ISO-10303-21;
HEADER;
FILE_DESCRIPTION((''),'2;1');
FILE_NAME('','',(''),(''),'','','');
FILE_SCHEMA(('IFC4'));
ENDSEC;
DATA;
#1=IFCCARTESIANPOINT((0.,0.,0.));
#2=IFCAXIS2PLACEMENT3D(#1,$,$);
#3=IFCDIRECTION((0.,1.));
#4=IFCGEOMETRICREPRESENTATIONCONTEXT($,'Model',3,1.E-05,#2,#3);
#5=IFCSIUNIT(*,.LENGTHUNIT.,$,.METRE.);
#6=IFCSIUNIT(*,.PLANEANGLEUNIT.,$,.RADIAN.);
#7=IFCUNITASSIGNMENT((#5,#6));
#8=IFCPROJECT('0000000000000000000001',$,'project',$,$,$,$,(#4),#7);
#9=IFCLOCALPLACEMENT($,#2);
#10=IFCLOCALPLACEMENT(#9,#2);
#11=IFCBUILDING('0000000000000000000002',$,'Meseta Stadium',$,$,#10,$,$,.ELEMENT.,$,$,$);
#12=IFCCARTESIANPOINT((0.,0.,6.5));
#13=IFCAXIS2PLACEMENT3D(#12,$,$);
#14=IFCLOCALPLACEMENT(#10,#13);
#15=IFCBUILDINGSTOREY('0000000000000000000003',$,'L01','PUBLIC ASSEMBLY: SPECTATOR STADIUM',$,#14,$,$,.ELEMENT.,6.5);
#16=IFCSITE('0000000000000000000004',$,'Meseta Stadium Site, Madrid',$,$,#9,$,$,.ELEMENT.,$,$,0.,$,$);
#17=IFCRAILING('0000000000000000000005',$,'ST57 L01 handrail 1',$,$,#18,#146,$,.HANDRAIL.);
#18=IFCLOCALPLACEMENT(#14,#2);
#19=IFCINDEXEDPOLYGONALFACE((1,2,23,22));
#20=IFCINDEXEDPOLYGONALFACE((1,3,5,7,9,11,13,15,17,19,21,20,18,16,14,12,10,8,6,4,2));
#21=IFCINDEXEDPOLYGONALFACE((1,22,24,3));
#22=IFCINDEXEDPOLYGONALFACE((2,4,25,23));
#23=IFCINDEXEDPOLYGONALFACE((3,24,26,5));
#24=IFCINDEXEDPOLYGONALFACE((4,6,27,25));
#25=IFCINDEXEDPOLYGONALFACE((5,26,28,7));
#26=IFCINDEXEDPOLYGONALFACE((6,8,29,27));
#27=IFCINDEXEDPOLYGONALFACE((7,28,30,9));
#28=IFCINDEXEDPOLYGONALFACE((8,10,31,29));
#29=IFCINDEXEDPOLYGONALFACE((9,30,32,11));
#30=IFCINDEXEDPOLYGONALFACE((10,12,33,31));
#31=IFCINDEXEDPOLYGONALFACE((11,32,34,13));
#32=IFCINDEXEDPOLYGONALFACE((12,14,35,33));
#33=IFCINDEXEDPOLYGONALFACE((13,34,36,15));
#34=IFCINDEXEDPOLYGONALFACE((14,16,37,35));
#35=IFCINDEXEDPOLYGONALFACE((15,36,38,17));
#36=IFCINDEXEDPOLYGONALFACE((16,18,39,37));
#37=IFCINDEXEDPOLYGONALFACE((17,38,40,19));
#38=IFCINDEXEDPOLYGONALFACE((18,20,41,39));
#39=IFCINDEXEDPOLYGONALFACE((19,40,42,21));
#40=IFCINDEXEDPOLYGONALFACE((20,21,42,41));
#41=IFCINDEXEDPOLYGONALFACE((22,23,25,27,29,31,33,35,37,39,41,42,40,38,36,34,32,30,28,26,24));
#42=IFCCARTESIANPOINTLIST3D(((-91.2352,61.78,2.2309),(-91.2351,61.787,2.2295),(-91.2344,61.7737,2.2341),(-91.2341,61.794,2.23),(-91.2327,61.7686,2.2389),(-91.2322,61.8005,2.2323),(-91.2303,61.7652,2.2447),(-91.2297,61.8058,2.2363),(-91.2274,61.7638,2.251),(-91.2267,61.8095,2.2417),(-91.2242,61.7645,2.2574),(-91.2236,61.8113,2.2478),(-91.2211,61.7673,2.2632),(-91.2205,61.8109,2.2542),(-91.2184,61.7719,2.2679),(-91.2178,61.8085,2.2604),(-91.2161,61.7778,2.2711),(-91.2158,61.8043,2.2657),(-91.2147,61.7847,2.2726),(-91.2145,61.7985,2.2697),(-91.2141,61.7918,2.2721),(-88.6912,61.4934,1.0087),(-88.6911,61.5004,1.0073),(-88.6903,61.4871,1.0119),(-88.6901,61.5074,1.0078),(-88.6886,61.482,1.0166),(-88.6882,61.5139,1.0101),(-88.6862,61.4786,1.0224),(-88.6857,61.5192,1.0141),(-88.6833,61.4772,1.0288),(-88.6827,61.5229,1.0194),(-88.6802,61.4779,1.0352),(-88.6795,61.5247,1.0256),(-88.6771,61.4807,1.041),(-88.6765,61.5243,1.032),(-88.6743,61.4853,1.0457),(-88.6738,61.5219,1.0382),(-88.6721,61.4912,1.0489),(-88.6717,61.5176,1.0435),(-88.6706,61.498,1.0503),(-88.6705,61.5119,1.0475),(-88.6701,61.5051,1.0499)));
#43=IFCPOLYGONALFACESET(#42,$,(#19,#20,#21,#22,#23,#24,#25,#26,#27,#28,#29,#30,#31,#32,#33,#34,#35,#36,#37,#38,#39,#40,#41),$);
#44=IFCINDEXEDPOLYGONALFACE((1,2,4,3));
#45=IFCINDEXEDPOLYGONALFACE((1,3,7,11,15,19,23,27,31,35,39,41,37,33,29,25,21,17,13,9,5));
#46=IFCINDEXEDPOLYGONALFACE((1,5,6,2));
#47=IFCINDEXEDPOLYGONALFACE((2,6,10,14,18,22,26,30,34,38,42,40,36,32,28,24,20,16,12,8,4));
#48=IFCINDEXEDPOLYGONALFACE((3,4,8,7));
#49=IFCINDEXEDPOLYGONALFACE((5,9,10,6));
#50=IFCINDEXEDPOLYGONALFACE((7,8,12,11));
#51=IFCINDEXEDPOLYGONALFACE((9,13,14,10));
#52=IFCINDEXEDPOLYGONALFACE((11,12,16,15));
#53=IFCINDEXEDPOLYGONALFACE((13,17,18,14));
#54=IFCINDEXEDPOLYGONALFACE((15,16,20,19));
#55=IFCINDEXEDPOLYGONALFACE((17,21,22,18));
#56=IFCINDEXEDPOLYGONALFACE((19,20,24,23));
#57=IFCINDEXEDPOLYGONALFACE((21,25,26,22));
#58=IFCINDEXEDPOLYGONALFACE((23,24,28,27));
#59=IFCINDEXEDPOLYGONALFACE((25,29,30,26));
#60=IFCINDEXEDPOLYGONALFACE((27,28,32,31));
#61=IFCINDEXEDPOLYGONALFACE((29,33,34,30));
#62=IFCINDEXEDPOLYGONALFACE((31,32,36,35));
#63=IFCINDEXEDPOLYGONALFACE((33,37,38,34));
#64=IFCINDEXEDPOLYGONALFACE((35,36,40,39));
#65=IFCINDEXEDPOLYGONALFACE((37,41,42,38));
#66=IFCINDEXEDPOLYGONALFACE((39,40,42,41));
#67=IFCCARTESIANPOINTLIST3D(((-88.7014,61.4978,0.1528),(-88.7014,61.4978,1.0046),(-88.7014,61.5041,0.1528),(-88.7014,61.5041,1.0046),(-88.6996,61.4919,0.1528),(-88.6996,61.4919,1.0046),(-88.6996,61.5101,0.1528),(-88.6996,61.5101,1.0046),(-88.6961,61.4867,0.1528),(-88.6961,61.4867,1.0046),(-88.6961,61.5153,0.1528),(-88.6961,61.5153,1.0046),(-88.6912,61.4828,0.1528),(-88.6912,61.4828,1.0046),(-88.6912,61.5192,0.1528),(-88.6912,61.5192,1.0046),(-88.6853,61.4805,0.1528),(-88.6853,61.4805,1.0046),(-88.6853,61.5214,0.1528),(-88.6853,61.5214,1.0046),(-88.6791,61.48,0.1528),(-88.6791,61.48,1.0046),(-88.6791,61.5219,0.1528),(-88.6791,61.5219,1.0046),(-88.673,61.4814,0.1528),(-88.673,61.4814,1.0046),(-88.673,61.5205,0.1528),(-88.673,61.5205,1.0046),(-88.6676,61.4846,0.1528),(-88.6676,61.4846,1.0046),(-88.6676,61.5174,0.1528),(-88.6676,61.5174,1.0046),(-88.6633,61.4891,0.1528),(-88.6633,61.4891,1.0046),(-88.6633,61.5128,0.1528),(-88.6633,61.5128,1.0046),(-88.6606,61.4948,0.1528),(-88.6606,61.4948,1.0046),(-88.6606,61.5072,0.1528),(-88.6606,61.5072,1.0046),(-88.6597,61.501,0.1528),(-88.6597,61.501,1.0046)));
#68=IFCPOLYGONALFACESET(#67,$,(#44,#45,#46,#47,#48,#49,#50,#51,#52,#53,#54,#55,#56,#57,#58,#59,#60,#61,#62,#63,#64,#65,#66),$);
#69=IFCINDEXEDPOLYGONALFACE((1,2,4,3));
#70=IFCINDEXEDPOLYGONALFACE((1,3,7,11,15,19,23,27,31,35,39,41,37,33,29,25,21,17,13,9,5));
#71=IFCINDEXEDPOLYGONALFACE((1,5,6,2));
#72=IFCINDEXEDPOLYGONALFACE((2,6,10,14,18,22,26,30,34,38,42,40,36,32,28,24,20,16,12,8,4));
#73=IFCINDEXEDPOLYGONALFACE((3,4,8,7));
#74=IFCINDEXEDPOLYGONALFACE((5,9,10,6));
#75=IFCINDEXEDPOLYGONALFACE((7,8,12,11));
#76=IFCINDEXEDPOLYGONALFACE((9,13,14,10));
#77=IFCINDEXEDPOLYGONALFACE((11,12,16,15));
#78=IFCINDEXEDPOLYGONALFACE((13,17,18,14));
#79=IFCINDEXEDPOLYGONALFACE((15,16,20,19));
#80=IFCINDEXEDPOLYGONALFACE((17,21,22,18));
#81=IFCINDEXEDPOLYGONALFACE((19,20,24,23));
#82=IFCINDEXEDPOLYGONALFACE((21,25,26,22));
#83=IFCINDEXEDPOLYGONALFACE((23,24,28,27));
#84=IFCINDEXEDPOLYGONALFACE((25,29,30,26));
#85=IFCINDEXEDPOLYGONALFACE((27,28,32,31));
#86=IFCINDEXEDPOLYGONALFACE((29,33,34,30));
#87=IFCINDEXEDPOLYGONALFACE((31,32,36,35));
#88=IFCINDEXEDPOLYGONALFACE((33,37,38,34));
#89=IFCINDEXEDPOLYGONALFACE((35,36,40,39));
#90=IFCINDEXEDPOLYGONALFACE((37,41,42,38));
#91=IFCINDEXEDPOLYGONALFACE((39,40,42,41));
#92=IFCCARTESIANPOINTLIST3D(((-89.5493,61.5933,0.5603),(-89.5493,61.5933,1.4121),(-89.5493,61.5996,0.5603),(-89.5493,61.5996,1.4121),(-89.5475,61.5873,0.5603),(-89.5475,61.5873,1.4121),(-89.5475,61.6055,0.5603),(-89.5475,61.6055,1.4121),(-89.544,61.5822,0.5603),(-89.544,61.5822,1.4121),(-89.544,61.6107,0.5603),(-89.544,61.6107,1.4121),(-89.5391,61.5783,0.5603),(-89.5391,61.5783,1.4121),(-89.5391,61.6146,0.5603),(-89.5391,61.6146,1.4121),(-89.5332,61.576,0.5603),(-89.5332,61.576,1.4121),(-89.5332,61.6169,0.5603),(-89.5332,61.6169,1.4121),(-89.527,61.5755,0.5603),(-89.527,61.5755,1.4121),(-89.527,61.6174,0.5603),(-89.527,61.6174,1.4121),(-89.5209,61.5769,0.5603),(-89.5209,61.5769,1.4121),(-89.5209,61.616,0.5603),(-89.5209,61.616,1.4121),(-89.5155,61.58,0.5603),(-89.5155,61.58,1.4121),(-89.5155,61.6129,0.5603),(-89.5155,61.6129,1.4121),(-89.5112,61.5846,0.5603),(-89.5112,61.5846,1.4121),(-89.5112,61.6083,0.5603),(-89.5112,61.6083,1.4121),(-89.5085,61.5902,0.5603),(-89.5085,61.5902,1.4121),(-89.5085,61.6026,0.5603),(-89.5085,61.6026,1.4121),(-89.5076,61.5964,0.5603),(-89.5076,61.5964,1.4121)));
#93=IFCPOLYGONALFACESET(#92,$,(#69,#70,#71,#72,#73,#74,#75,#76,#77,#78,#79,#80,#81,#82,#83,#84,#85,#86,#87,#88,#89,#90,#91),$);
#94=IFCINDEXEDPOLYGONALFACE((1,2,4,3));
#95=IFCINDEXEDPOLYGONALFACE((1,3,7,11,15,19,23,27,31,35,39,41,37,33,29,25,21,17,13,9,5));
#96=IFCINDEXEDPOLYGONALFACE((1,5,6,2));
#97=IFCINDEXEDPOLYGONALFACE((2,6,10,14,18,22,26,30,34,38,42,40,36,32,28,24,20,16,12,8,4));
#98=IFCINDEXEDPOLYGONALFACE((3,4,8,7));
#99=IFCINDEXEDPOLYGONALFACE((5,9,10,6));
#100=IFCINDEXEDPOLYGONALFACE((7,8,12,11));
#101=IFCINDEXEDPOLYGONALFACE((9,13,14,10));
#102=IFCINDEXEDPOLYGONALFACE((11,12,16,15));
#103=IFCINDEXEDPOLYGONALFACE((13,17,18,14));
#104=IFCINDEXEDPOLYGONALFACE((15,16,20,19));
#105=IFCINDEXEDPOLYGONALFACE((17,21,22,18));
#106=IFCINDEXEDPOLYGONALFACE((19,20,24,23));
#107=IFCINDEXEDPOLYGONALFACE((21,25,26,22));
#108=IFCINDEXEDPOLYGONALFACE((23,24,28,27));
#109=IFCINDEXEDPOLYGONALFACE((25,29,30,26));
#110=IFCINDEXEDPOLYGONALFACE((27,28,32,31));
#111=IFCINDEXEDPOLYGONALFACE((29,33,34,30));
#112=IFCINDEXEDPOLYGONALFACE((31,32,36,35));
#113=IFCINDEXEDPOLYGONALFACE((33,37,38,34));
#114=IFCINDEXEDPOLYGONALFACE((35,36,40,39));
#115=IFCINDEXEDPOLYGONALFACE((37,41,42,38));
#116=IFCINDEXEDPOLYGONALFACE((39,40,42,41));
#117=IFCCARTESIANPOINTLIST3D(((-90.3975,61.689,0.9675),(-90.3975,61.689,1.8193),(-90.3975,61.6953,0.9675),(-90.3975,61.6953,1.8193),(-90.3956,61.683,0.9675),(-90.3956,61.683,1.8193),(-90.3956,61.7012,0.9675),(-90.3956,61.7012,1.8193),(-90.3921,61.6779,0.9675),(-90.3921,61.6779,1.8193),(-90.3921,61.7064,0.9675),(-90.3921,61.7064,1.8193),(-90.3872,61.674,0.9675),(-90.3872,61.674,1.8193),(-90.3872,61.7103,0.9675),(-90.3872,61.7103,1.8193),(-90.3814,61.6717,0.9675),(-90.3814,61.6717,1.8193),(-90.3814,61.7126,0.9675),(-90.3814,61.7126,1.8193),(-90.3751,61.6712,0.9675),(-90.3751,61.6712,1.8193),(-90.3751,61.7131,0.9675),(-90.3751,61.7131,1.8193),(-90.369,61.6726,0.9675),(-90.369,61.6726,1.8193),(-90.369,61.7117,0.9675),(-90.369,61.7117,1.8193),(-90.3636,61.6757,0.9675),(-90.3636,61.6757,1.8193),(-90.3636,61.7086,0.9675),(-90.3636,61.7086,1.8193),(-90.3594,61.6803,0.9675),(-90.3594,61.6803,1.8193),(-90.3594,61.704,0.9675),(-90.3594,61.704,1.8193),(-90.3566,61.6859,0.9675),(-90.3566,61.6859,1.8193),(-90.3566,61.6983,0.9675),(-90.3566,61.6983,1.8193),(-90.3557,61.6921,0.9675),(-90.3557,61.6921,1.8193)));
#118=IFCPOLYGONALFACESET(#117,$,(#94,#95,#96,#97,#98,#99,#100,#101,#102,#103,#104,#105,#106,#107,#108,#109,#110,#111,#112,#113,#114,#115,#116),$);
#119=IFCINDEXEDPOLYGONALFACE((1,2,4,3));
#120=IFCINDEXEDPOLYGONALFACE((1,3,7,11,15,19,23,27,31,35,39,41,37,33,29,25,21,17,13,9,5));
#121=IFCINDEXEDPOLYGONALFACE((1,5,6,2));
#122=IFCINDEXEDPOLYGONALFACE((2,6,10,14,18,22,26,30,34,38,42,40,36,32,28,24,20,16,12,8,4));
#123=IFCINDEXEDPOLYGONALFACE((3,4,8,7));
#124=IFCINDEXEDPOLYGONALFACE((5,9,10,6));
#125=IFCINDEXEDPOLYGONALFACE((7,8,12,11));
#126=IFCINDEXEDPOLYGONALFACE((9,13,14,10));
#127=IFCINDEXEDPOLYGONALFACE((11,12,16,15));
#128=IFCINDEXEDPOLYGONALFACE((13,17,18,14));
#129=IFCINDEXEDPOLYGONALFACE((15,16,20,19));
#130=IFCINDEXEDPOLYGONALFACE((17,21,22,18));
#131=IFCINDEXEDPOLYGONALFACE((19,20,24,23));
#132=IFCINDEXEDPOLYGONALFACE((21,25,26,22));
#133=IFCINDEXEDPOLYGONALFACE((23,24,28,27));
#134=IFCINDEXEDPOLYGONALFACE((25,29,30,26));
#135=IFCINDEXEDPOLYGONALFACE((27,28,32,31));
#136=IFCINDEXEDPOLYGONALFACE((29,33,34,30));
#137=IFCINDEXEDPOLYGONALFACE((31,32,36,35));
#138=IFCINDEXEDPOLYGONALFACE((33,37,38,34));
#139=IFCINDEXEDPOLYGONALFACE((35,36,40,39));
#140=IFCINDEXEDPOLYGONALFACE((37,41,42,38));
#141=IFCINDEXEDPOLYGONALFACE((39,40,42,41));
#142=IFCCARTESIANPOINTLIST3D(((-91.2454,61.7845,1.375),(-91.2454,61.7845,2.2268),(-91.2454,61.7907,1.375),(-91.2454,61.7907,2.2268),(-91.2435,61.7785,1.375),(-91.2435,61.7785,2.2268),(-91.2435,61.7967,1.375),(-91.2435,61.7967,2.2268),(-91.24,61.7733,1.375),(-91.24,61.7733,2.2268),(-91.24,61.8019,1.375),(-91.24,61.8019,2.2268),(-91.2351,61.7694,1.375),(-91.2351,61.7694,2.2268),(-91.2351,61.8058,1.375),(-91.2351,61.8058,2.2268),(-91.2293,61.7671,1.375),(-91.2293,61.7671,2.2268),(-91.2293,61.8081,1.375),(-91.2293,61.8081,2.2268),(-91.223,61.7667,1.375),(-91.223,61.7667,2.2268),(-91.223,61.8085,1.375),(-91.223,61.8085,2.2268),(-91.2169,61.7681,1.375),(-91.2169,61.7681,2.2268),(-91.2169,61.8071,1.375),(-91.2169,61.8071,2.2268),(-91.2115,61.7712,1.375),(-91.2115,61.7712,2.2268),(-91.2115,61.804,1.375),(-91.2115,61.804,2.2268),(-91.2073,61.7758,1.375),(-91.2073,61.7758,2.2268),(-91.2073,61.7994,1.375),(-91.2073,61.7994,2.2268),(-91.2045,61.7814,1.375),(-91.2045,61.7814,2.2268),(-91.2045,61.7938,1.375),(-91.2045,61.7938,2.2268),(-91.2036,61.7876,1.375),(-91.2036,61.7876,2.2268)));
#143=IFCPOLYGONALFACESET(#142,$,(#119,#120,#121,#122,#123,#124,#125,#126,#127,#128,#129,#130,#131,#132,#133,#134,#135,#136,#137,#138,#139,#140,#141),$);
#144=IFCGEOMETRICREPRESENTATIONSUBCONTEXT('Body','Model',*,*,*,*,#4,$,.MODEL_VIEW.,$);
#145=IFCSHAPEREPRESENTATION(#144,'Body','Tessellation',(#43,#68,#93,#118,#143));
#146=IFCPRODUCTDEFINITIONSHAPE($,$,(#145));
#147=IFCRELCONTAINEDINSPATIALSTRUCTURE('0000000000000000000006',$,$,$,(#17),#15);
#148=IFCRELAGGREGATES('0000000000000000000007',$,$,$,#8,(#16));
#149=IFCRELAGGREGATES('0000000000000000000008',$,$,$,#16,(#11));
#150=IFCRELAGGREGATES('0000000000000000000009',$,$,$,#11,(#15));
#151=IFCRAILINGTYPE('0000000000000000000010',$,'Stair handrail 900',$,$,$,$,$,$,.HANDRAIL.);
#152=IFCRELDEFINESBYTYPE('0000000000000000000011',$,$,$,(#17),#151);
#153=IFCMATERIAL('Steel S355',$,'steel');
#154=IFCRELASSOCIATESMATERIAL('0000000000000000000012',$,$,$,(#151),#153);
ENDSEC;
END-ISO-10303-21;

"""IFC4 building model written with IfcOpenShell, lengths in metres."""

from ifc_helpers import new_model, si_unit, direction, frame, origin, origin_2d, place, context, subcontext, project, spatial, circle, extrude, material, type_object, element, save


model = new_model("IFC4")

# Units and contexts
model_context = context("Model", 3, precision=1e-05, world=origin(), true_north=direction((0.0, 1.0)))
body_context = subcontext(model_context, "Body", "Model", "MODEL_VIEW")
ifc_project = project(units=[si_unit("LENGTHUNIT", "METRE"), si_unit("PLANEANGLEUNIT", "RADIAN")], contexts=[model_context])

# Site, building, storey
site_placement = place(None, origin())
site = spatial("IfcSite", under=ifc_project, at=site_placement, Name="Meseta Stadium Site, Madrid", CompositionType="ELEMENT", RefElevation=0.0)
building_placement = place(site_placement, origin())
building = spatial("IfcBuilding", under=site, at=building_placement, Name="Meseta Stadium", CompositionType="ELEMENT")
storey_placement = place(building_placement, frame((0.0, 0.0, 6.5)))
storey = spatial("IfcBuildingStorey", under=building, at=storey_placement, Name="L01", Description="PUBLIC ASSEMBLY: SPECTATOR STADIUM", CompositionType="ELEMENT", Elevation=6.5)

# Railing
ifc_material_1 = material(Name="Steel S355", Category="steel")
railing_type_1 = type_object("IfcRailingType", Name="Stair handrail 900", PredefinedType="HANDRAIL", material=ifc_material_1)
for number, where, name in (
    (1, (-88.6807, 61.501, 0.1528), "ST57 L01 handrail 1"),
):
    element("IfcRailing", number, at=place(storey_placement, frame(where)), inside=storey, type_object=railing_type_1, Name=name, PredefinedType="HANDRAIL", context=body_context, shape_type="SweptSolid", body=[
        extrude(circle(Radius=0.0239, at=origin_2d()), frame((0.0, 0.0, 0.876), z_axis=(-0.896762, 0.101036, 0.430824), x_axis=(-0.11196, -0.993713, 0.0)), (0.0, 0.0, 1.0), 2.8369),
        extrude(circle(Radius=0.021, at=origin_2d()), origin(), (0.0, 0.0, 1.0), 0.8518),
        extrude(circle(Radius=0.021, at=origin_2d()), frame((-0.8479, 0.0955, 0.4075)), (0.0, 0.0, 1.0), 0.8518),
        extrude(circle(Radius=0.021, at=origin_2d()), frame((-1.696, 0.1912, 0.8147)), (0.0, 0.0, 1.0), 0.8518),
        extrude(circle(Radius=0.021, at=origin_2d()), frame((-2.5439, 0.2866, 1.2222)), (0.0, 0.0, 1.0), 0.8518),
    ])

save(model, "model.ifc")
